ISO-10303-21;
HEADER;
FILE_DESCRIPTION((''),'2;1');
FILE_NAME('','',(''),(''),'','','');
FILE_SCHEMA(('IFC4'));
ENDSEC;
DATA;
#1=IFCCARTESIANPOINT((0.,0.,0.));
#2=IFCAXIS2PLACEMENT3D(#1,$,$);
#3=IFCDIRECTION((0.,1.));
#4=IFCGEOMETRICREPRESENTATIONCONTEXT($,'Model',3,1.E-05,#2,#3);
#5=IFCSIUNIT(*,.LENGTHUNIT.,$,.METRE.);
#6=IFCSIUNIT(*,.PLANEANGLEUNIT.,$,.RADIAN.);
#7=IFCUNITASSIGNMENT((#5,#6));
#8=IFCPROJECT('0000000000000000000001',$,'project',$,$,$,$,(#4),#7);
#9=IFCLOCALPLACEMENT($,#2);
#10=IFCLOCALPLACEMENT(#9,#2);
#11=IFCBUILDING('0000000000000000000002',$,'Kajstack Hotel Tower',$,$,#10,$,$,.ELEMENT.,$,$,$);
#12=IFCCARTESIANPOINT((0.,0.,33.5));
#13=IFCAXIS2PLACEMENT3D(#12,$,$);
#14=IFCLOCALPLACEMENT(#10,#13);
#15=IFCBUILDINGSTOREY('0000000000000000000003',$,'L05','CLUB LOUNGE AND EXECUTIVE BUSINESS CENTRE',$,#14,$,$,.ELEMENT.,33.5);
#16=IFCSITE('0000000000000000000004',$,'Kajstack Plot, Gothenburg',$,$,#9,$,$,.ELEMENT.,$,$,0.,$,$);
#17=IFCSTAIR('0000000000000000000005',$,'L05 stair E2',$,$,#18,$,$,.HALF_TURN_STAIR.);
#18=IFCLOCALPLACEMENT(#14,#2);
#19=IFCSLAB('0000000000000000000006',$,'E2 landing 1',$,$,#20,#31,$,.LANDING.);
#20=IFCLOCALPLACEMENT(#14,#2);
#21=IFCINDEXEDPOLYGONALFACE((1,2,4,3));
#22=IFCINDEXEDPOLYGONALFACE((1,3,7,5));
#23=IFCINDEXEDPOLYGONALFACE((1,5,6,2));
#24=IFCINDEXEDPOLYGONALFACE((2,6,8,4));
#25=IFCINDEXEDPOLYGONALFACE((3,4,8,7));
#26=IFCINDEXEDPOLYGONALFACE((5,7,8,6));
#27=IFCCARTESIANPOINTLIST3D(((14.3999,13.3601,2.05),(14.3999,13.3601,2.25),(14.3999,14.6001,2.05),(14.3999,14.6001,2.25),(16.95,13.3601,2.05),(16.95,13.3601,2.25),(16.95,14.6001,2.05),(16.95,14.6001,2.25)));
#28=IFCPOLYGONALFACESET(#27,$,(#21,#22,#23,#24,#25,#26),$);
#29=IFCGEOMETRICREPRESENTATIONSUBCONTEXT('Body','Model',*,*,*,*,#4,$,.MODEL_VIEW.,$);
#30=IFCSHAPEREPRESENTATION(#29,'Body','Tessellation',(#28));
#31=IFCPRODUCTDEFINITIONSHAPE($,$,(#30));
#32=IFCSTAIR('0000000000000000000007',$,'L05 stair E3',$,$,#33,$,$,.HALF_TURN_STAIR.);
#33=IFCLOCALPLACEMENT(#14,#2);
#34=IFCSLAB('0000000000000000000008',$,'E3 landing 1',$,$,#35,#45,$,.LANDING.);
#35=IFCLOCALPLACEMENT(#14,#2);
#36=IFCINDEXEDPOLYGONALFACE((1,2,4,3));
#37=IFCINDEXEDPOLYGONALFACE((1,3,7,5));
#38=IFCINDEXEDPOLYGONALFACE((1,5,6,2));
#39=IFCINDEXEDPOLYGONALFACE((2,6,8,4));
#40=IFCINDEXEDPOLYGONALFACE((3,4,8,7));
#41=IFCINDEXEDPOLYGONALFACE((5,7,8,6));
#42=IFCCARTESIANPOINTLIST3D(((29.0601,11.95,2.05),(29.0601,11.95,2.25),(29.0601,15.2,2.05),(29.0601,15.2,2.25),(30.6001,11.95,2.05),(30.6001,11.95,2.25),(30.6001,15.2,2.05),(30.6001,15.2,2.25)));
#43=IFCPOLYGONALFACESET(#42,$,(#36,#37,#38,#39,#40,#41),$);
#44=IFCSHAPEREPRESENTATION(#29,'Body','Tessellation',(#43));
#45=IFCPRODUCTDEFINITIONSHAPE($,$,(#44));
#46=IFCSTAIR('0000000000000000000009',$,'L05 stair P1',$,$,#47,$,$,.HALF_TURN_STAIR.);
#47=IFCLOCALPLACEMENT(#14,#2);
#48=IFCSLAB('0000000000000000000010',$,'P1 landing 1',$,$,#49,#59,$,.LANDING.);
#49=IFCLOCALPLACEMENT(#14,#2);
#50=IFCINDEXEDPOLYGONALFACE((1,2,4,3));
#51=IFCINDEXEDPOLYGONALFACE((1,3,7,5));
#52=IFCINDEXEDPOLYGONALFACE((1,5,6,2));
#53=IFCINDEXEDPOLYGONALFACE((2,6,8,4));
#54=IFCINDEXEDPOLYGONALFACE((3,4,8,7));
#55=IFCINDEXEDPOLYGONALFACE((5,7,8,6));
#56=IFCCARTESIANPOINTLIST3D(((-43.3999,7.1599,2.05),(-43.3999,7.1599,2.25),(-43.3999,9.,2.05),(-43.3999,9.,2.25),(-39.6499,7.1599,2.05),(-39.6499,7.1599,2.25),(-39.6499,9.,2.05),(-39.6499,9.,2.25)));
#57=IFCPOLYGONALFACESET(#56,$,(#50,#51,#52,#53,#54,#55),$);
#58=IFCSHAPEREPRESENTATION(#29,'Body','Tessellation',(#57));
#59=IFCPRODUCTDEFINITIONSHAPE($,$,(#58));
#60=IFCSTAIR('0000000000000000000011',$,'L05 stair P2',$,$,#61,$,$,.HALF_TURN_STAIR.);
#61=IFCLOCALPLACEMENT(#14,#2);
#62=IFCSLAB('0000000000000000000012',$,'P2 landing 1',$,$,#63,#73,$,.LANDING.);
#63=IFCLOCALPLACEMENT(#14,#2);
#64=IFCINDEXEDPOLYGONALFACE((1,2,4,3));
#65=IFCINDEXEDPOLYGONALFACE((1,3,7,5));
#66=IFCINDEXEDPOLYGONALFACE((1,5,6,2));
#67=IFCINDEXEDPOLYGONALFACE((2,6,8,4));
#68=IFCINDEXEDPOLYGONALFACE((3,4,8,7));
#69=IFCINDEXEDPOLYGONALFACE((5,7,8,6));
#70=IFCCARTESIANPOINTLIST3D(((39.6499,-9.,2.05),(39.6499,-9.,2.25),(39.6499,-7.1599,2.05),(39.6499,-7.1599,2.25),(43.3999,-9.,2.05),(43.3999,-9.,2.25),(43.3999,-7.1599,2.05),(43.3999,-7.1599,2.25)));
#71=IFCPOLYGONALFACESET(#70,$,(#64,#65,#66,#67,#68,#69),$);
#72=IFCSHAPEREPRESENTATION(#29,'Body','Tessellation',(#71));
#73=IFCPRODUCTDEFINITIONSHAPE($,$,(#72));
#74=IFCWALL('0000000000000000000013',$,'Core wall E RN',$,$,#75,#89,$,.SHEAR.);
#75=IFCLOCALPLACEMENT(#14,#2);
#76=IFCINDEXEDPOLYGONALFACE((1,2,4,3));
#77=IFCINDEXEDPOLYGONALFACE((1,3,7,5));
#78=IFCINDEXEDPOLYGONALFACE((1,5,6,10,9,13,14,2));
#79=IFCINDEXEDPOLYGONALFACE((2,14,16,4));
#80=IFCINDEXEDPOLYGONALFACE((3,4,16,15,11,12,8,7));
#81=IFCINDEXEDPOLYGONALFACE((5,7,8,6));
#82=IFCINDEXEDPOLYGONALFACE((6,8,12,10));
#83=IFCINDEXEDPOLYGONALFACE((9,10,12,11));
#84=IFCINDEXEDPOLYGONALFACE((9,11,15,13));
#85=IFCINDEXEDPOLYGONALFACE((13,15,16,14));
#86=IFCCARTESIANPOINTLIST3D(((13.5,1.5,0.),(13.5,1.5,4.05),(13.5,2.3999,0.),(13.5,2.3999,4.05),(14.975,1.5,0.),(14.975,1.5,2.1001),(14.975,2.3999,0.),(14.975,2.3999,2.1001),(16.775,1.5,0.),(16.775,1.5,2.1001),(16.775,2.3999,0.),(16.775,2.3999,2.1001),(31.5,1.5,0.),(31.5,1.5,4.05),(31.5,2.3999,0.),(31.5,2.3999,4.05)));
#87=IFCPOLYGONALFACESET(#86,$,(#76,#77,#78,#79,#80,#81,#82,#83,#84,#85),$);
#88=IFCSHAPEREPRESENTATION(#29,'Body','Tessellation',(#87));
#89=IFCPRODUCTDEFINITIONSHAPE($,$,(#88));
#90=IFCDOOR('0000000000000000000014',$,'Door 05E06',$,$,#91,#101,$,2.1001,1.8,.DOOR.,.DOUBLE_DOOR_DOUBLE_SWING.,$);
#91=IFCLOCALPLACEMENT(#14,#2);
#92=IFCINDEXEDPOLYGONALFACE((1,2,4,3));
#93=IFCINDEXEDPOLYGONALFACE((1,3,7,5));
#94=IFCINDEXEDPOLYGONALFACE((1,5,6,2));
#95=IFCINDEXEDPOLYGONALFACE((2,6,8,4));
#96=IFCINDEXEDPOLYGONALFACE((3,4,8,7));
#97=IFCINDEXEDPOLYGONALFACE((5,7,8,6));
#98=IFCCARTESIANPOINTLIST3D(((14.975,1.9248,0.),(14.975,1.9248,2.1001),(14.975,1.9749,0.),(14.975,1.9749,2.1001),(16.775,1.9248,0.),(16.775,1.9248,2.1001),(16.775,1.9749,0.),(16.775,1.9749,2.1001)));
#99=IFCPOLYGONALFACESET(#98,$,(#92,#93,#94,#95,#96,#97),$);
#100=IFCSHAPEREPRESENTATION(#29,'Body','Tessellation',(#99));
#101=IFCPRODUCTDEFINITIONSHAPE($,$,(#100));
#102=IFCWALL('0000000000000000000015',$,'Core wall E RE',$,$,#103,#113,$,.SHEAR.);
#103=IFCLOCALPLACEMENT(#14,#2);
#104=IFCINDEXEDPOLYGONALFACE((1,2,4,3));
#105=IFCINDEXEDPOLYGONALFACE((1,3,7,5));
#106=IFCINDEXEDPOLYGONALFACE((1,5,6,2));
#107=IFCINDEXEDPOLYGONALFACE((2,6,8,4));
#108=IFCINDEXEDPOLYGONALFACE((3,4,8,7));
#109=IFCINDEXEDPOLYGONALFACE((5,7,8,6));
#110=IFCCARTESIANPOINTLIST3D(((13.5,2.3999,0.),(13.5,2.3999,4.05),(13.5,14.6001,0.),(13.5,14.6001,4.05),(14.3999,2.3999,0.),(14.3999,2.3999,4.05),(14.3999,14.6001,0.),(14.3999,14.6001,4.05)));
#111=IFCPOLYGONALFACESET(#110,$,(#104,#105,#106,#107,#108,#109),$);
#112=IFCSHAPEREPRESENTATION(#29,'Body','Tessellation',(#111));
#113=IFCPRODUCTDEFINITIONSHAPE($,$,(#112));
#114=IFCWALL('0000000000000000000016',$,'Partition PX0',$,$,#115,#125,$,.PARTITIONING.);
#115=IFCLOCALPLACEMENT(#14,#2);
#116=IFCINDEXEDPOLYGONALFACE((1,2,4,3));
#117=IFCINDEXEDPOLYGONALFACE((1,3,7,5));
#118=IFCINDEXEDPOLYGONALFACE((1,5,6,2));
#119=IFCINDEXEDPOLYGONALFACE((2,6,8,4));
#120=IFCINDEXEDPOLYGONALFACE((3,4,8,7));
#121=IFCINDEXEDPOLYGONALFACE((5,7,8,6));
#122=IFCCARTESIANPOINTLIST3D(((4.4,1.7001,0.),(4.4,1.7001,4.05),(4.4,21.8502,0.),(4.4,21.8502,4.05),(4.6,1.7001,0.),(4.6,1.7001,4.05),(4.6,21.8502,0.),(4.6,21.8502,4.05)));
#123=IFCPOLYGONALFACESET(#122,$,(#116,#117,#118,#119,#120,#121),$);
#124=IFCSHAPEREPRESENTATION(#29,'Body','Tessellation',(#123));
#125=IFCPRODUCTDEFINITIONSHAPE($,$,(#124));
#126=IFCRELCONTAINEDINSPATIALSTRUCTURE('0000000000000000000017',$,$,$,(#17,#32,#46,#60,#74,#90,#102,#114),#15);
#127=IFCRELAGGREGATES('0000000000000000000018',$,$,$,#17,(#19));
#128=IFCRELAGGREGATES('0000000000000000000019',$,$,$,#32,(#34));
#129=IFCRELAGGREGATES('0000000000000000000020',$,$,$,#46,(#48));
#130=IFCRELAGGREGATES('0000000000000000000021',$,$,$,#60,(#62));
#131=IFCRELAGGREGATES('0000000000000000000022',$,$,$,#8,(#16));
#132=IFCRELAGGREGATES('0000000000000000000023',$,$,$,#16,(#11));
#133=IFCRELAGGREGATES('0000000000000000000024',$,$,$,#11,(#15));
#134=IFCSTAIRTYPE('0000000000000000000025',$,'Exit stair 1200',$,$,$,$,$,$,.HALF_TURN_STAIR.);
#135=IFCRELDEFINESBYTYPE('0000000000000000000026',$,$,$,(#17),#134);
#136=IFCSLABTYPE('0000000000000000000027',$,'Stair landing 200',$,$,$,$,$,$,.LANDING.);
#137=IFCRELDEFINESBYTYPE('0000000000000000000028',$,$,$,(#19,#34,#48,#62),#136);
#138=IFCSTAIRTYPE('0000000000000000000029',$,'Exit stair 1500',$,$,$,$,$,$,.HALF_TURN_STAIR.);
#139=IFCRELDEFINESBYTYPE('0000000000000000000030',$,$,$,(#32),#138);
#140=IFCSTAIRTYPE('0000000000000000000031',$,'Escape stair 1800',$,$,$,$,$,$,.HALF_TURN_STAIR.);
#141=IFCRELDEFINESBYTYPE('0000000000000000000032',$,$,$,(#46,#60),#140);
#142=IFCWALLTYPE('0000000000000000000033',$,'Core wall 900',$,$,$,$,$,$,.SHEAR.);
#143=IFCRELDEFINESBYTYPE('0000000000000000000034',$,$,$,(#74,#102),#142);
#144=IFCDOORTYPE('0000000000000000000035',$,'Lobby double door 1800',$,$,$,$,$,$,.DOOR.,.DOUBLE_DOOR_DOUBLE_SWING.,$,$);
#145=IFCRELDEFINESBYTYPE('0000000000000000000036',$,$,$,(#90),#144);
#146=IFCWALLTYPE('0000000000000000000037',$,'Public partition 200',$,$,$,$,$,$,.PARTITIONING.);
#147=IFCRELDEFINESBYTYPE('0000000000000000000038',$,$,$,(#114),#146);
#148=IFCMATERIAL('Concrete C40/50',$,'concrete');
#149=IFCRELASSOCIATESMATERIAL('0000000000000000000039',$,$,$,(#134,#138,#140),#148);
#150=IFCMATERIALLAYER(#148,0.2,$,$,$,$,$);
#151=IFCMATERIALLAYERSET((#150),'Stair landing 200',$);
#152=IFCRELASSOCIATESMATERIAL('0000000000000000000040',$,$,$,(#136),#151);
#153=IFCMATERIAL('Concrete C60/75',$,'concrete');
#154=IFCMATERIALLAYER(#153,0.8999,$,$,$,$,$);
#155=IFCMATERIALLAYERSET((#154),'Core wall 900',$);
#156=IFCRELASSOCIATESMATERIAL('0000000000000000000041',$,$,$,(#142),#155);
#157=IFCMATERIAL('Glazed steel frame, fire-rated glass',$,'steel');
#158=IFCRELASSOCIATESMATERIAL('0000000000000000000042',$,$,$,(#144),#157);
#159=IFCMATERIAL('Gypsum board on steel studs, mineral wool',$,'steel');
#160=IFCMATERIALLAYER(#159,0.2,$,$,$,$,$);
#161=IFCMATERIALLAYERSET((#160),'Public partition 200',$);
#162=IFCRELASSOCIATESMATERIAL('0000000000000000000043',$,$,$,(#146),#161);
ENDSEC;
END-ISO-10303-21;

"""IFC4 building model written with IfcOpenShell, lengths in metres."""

from ifc_helpers import new_model, si_unit, direction, frame, frame_2d, origin, place, context, subcontext, project, spatial, polyline, rectangle, outline, extrude, material, layer, layer_set, type_object, element, fill, aggregate, save


model = new_model("IFC4")

# Units and contexts
model_context = context("Model", 3, precision=1e-05, world=origin(), true_north=direction((0.0, 1.0)))
body_context = subcontext(model_context, "Body", "Model", "MODEL_VIEW")
ifc_project = project(units=[si_unit("LENGTHUNIT", "METRE"), si_unit("PLANEANGLEUNIT", "RADIAN")], contexts=[model_context])

# Site, building, storey
site_placement = place(None, origin())
site = spatial("IfcSite", under=ifc_project, at=site_placement, Name="Kajstack Plot, Gothenburg", CompositionType="ELEMENT", RefElevation=0.0)
building_placement = place(site_placement, origin())
building = spatial("IfcBuilding", under=site, at=building_placement, Name="Kajstack Hotel Tower", CompositionType="ELEMENT")
storey_placement = place(building_placement, frame((0.0, 0.0, 33.5)))
storey = spatial("IfcBuildingStorey", under=building, at=storey_placement, Name="L05", Description="CLUB LOUNGE AND EXECUTIVE BUSINESS CENTRE", CompositionType="ELEMENT", Elevation=33.5)

# Stairs, slabs
ifc_material_1 = material(Name="Concrete C40/50", Category="concrete")
stair_type_1 = type_object("IfcStairType", Name="Exit stair 1200", PredefinedType="HALF_TURN_STAIR", material=ifc_material_1)
stair_1_placement = place(storey_placement, origin())
stair_1 = element("IfcStair", 1, at=stair_1_placement, inside=storey, type_object=stair_type_1, Name="L05 stair E2", PredefinedType="HALF_TURN_STAIR")
ifc_layer_1 = layer(ifc_material_1, 0.2)
ifc_layer_set_1 = layer_set([ifc_layer_1], Name="Stair landing 200")
slab_type = type_object("IfcSlabType", Name="Stair landing 200", PredefinedType="LANDING", material=ifc_layer_set_1)
slab_1_placement = place(storey_placement, frame((0.0, 0.0, 2.05)))
slab_1 = element("IfcSlab", 2, at=slab_1_placement, type_object=slab_type, Name="E2 landing 1", PredefinedType="LANDING", context=body_context, shape_type="SweptSolid", body=[
    extrude(outline(polyline([(16.95, 13.3601), (16.95, 14.6001), (14.3999, 14.6001), (14.3999, 13.3601), (16.95, 13.3601)])), origin(), (0.0, 0.0, 1.0), 0.2),
])
aggregate(stair_1, [slab_1])
stair_type_2 = type_object("IfcStairType", Name="Exit stair 1500", PredefinedType="HALF_TURN_STAIR", material=ifc_material_1)
stair_2_placement = place(storey_placement, origin())
stair_2 = element("IfcStair", 3, at=stair_2_placement, inside=storey, type_object=stair_type_2, Name="L05 stair E3", PredefinedType="HALF_TURN_STAIR")
slab_2_placement = place(storey_placement, frame((0.0, 0.0, 2.05)))
slab_2 = element("IfcSlab", 4, at=slab_2_placement, type_object=slab_type, Name="E3 landing 1", PredefinedType="LANDING", context=body_context, shape_type="SweptSolid", body=[
    extrude(outline(polyline([(29.0601, 11.95), (30.6001, 11.95), (30.6001, 15.2), (29.0601, 15.2), (29.0601, 11.95)])), origin(), (0.0, 0.0, 1.0), 0.2),
])
aggregate(stair_2, [slab_2])
stair_type_3 = type_object("IfcStairType", Name="Escape stair 1800", PredefinedType="HALF_TURN_STAIR", material=ifc_material_1)
stair_3_placement = place(storey_placement, origin())
stair_3 = element("IfcStair", 5, at=stair_3_placement, inside=storey, type_object=stair_type_3, Name="L05 stair P1", PredefinedType="HALF_TURN_STAIR")
slab_3_placement = place(storey_placement, frame((0.0, 0.0, 2.05)))
slab_3 = element("IfcSlab", 6, at=slab_3_placement, type_object=slab_type, Name="P1 landing 1", PredefinedType="LANDING", context=body_context, shape_type="SweptSolid", body=[
    extrude(outline(polyline([(-39.6499, 7.1599), (-39.6499, 9.0), (-43.3999, 9.0), (-43.3999, 7.1599), (-39.6499, 7.1599)])), origin(), (0.0, 0.0, 1.0), 0.2),
])
aggregate(stair_3, [slab_3])
stair_4_placement = place(storey_placement, origin())
stair_4 = element("IfcStair", 7, at=stair_4_placement, inside=storey, type_object=stair_type_3, Name="L05 stair P2", PredefinedType="HALF_TURN_STAIR")
slab_4_placement = place(storey_placement, frame((0.0, 0.0, 2.05)))
slab_4 = element("IfcSlab", 8, at=slab_4_placement, type_object=slab_type, Name="P2 landing 1", PredefinedType="LANDING", context=body_context, shape_type="SweptSolid", body=[
    extrude(outline(polyline([(39.6499, -7.1599), (39.6499, -9.0), (43.3999, -9.0), (43.3999, -7.1599), (39.6499, -7.1599)])), origin(), (0.0, 0.0, 1.0), 0.2),
])
aggregate(stair_4, [slab_4])

# Wall, opening, door
ifc_material_2 = material(Name="Concrete C60/75", Category="concrete")
ifc_layer_2 = layer(ifc_material_2, 0.8999)
ifc_layer_set_2 = layer_set([ifc_layer_2], Name="Core wall 900")
wall_type_1 = type_object("IfcWallType", Name="Core wall 900", PredefinedType="SHEAR", material=ifc_layer_set_2)
wall_1_placement = place(storey_placement, frame((13.5, 1.95, 0.0), z_axis=(0.0, 0.0, 1.0), x_axis=(1.0, 0.0, 0.0)))
wall_1 = element("IfcWall", 9, at=wall_1_placement, inside=storey, type_object=wall_type_1, Name="Core wall E RN", PredefinedType="SHEAR", context=body_context, shape_type="SweptSolid", body=[
    extrude(rectangle(XDim=18.0, YDim=0.8999, at=frame_2d((9.0, 0.0))), origin(), (0.0, 0.0, 1.0), 4.05),
])
opening_1_placement = place(wall_1_placement, frame((1.4751, 0.0, 0.0)))
opening_1 = element("IfcOpeningElement", 10, at=opening_1_placement, cuts=wall_1, PredefinedType="OPENING", context=body_context, shape_type="SweptSolid", body=[
    extrude(rectangle(XDim=1.8, YDim=2.1001, at=frame_2d((0.8999, 1.05))), frame((0.0, 0.46, 0.0), z_axis=(0.0, -1.0, 0.0), x_axis=(1.0, 0.0, 0.0)), (0.0, 0.0, 1.0), 0.9199),
])
ifc_material_3 = material(Name="Glazed steel frame, fire-rated glass", Category="steel")
door_type_1 = type_object("IfcDoorType", Name="Lobby double door 1800", OperationType="DOUBLE_DOOR_DOUBLE_SWING", PredefinedType="DOOR", material=ifc_material_3)
door_1_placement = place(opening_1_placement, origin())
door_1 = element("IfcDoor", 11, at=door_1_placement, inside=storey, type_object=door_type_1, Name="Door 05E06", OperationType="DOUBLE_DOOR_DOUBLE_SWING", OverallHeight=2.1001, OverallWidth=1.8, PredefinedType="DOOR", context=body_context, shape_type="SweptSolid", body=[
    extrude(rectangle(XDim=1.8, YDim=2.1001, at=frame_2d((0.8999, 1.05))), frame((0.0, 0.0249, 0.0), z_axis=(0.0, -1.0, 0.0), x_axis=(1.0, 0.0, 0.0)), (0.0, 0.0, 1.0), 0.05),
])
fill(opening_1, door_1)

# Walls
wall_2_placement = place(storey_placement, frame((13.95, 2.3999, 0.0), z_axis=(0.0, 0.0, 1.0), x_axis=(0.0, 1.0, 0.0)))
element("IfcWall", 12, at=wall_2_placement, inside=storey, type_object=wall_type_1, Name="Core wall E RE", PredefinedType="SHEAR", context=body_context, shape_type="SweptSolid", body=[
    extrude(rectangle(XDim=12.2002, YDim=0.8999, at=frame_2d((6.1001, 0.0))), origin(), (0.0, 0.0, 1.0), 4.05),
])
ifc_material_4 = material(Name="Gypsum board on steel studs, mineral wool", Category="steel")
ifc_layer_3 = layer(ifc_material_4, 0.2)
ifc_layer_set_3 = layer_set([ifc_layer_3], Name="Public partition 200")
wall_type_2 = type_object("IfcWallType", Name="Public partition 200", PredefinedType="PARTITIONING", material=ifc_layer_set_3)
wall_3_placement = place(storey_placement, frame((4.5, 1.7, 0.0), z_axis=(0.0, 0.0, 1.0), x_axis=(0.0, 1.0, 0.0)))
element("IfcWall", 13, at=wall_3_placement, inside=storey, type_object=wall_type_2, Name="Partition PX0", PredefinedType="PARTITIONING", context=body_context, shape_type="SweptSolid", body=[
    extrude(rectangle(XDim=20.1501, YDim=0.2, at=frame_2d((10.0752, 0.0))), origin(), (0.0, 0.0, 1.0), 4.05),
])

save(model, "model.ifc")
